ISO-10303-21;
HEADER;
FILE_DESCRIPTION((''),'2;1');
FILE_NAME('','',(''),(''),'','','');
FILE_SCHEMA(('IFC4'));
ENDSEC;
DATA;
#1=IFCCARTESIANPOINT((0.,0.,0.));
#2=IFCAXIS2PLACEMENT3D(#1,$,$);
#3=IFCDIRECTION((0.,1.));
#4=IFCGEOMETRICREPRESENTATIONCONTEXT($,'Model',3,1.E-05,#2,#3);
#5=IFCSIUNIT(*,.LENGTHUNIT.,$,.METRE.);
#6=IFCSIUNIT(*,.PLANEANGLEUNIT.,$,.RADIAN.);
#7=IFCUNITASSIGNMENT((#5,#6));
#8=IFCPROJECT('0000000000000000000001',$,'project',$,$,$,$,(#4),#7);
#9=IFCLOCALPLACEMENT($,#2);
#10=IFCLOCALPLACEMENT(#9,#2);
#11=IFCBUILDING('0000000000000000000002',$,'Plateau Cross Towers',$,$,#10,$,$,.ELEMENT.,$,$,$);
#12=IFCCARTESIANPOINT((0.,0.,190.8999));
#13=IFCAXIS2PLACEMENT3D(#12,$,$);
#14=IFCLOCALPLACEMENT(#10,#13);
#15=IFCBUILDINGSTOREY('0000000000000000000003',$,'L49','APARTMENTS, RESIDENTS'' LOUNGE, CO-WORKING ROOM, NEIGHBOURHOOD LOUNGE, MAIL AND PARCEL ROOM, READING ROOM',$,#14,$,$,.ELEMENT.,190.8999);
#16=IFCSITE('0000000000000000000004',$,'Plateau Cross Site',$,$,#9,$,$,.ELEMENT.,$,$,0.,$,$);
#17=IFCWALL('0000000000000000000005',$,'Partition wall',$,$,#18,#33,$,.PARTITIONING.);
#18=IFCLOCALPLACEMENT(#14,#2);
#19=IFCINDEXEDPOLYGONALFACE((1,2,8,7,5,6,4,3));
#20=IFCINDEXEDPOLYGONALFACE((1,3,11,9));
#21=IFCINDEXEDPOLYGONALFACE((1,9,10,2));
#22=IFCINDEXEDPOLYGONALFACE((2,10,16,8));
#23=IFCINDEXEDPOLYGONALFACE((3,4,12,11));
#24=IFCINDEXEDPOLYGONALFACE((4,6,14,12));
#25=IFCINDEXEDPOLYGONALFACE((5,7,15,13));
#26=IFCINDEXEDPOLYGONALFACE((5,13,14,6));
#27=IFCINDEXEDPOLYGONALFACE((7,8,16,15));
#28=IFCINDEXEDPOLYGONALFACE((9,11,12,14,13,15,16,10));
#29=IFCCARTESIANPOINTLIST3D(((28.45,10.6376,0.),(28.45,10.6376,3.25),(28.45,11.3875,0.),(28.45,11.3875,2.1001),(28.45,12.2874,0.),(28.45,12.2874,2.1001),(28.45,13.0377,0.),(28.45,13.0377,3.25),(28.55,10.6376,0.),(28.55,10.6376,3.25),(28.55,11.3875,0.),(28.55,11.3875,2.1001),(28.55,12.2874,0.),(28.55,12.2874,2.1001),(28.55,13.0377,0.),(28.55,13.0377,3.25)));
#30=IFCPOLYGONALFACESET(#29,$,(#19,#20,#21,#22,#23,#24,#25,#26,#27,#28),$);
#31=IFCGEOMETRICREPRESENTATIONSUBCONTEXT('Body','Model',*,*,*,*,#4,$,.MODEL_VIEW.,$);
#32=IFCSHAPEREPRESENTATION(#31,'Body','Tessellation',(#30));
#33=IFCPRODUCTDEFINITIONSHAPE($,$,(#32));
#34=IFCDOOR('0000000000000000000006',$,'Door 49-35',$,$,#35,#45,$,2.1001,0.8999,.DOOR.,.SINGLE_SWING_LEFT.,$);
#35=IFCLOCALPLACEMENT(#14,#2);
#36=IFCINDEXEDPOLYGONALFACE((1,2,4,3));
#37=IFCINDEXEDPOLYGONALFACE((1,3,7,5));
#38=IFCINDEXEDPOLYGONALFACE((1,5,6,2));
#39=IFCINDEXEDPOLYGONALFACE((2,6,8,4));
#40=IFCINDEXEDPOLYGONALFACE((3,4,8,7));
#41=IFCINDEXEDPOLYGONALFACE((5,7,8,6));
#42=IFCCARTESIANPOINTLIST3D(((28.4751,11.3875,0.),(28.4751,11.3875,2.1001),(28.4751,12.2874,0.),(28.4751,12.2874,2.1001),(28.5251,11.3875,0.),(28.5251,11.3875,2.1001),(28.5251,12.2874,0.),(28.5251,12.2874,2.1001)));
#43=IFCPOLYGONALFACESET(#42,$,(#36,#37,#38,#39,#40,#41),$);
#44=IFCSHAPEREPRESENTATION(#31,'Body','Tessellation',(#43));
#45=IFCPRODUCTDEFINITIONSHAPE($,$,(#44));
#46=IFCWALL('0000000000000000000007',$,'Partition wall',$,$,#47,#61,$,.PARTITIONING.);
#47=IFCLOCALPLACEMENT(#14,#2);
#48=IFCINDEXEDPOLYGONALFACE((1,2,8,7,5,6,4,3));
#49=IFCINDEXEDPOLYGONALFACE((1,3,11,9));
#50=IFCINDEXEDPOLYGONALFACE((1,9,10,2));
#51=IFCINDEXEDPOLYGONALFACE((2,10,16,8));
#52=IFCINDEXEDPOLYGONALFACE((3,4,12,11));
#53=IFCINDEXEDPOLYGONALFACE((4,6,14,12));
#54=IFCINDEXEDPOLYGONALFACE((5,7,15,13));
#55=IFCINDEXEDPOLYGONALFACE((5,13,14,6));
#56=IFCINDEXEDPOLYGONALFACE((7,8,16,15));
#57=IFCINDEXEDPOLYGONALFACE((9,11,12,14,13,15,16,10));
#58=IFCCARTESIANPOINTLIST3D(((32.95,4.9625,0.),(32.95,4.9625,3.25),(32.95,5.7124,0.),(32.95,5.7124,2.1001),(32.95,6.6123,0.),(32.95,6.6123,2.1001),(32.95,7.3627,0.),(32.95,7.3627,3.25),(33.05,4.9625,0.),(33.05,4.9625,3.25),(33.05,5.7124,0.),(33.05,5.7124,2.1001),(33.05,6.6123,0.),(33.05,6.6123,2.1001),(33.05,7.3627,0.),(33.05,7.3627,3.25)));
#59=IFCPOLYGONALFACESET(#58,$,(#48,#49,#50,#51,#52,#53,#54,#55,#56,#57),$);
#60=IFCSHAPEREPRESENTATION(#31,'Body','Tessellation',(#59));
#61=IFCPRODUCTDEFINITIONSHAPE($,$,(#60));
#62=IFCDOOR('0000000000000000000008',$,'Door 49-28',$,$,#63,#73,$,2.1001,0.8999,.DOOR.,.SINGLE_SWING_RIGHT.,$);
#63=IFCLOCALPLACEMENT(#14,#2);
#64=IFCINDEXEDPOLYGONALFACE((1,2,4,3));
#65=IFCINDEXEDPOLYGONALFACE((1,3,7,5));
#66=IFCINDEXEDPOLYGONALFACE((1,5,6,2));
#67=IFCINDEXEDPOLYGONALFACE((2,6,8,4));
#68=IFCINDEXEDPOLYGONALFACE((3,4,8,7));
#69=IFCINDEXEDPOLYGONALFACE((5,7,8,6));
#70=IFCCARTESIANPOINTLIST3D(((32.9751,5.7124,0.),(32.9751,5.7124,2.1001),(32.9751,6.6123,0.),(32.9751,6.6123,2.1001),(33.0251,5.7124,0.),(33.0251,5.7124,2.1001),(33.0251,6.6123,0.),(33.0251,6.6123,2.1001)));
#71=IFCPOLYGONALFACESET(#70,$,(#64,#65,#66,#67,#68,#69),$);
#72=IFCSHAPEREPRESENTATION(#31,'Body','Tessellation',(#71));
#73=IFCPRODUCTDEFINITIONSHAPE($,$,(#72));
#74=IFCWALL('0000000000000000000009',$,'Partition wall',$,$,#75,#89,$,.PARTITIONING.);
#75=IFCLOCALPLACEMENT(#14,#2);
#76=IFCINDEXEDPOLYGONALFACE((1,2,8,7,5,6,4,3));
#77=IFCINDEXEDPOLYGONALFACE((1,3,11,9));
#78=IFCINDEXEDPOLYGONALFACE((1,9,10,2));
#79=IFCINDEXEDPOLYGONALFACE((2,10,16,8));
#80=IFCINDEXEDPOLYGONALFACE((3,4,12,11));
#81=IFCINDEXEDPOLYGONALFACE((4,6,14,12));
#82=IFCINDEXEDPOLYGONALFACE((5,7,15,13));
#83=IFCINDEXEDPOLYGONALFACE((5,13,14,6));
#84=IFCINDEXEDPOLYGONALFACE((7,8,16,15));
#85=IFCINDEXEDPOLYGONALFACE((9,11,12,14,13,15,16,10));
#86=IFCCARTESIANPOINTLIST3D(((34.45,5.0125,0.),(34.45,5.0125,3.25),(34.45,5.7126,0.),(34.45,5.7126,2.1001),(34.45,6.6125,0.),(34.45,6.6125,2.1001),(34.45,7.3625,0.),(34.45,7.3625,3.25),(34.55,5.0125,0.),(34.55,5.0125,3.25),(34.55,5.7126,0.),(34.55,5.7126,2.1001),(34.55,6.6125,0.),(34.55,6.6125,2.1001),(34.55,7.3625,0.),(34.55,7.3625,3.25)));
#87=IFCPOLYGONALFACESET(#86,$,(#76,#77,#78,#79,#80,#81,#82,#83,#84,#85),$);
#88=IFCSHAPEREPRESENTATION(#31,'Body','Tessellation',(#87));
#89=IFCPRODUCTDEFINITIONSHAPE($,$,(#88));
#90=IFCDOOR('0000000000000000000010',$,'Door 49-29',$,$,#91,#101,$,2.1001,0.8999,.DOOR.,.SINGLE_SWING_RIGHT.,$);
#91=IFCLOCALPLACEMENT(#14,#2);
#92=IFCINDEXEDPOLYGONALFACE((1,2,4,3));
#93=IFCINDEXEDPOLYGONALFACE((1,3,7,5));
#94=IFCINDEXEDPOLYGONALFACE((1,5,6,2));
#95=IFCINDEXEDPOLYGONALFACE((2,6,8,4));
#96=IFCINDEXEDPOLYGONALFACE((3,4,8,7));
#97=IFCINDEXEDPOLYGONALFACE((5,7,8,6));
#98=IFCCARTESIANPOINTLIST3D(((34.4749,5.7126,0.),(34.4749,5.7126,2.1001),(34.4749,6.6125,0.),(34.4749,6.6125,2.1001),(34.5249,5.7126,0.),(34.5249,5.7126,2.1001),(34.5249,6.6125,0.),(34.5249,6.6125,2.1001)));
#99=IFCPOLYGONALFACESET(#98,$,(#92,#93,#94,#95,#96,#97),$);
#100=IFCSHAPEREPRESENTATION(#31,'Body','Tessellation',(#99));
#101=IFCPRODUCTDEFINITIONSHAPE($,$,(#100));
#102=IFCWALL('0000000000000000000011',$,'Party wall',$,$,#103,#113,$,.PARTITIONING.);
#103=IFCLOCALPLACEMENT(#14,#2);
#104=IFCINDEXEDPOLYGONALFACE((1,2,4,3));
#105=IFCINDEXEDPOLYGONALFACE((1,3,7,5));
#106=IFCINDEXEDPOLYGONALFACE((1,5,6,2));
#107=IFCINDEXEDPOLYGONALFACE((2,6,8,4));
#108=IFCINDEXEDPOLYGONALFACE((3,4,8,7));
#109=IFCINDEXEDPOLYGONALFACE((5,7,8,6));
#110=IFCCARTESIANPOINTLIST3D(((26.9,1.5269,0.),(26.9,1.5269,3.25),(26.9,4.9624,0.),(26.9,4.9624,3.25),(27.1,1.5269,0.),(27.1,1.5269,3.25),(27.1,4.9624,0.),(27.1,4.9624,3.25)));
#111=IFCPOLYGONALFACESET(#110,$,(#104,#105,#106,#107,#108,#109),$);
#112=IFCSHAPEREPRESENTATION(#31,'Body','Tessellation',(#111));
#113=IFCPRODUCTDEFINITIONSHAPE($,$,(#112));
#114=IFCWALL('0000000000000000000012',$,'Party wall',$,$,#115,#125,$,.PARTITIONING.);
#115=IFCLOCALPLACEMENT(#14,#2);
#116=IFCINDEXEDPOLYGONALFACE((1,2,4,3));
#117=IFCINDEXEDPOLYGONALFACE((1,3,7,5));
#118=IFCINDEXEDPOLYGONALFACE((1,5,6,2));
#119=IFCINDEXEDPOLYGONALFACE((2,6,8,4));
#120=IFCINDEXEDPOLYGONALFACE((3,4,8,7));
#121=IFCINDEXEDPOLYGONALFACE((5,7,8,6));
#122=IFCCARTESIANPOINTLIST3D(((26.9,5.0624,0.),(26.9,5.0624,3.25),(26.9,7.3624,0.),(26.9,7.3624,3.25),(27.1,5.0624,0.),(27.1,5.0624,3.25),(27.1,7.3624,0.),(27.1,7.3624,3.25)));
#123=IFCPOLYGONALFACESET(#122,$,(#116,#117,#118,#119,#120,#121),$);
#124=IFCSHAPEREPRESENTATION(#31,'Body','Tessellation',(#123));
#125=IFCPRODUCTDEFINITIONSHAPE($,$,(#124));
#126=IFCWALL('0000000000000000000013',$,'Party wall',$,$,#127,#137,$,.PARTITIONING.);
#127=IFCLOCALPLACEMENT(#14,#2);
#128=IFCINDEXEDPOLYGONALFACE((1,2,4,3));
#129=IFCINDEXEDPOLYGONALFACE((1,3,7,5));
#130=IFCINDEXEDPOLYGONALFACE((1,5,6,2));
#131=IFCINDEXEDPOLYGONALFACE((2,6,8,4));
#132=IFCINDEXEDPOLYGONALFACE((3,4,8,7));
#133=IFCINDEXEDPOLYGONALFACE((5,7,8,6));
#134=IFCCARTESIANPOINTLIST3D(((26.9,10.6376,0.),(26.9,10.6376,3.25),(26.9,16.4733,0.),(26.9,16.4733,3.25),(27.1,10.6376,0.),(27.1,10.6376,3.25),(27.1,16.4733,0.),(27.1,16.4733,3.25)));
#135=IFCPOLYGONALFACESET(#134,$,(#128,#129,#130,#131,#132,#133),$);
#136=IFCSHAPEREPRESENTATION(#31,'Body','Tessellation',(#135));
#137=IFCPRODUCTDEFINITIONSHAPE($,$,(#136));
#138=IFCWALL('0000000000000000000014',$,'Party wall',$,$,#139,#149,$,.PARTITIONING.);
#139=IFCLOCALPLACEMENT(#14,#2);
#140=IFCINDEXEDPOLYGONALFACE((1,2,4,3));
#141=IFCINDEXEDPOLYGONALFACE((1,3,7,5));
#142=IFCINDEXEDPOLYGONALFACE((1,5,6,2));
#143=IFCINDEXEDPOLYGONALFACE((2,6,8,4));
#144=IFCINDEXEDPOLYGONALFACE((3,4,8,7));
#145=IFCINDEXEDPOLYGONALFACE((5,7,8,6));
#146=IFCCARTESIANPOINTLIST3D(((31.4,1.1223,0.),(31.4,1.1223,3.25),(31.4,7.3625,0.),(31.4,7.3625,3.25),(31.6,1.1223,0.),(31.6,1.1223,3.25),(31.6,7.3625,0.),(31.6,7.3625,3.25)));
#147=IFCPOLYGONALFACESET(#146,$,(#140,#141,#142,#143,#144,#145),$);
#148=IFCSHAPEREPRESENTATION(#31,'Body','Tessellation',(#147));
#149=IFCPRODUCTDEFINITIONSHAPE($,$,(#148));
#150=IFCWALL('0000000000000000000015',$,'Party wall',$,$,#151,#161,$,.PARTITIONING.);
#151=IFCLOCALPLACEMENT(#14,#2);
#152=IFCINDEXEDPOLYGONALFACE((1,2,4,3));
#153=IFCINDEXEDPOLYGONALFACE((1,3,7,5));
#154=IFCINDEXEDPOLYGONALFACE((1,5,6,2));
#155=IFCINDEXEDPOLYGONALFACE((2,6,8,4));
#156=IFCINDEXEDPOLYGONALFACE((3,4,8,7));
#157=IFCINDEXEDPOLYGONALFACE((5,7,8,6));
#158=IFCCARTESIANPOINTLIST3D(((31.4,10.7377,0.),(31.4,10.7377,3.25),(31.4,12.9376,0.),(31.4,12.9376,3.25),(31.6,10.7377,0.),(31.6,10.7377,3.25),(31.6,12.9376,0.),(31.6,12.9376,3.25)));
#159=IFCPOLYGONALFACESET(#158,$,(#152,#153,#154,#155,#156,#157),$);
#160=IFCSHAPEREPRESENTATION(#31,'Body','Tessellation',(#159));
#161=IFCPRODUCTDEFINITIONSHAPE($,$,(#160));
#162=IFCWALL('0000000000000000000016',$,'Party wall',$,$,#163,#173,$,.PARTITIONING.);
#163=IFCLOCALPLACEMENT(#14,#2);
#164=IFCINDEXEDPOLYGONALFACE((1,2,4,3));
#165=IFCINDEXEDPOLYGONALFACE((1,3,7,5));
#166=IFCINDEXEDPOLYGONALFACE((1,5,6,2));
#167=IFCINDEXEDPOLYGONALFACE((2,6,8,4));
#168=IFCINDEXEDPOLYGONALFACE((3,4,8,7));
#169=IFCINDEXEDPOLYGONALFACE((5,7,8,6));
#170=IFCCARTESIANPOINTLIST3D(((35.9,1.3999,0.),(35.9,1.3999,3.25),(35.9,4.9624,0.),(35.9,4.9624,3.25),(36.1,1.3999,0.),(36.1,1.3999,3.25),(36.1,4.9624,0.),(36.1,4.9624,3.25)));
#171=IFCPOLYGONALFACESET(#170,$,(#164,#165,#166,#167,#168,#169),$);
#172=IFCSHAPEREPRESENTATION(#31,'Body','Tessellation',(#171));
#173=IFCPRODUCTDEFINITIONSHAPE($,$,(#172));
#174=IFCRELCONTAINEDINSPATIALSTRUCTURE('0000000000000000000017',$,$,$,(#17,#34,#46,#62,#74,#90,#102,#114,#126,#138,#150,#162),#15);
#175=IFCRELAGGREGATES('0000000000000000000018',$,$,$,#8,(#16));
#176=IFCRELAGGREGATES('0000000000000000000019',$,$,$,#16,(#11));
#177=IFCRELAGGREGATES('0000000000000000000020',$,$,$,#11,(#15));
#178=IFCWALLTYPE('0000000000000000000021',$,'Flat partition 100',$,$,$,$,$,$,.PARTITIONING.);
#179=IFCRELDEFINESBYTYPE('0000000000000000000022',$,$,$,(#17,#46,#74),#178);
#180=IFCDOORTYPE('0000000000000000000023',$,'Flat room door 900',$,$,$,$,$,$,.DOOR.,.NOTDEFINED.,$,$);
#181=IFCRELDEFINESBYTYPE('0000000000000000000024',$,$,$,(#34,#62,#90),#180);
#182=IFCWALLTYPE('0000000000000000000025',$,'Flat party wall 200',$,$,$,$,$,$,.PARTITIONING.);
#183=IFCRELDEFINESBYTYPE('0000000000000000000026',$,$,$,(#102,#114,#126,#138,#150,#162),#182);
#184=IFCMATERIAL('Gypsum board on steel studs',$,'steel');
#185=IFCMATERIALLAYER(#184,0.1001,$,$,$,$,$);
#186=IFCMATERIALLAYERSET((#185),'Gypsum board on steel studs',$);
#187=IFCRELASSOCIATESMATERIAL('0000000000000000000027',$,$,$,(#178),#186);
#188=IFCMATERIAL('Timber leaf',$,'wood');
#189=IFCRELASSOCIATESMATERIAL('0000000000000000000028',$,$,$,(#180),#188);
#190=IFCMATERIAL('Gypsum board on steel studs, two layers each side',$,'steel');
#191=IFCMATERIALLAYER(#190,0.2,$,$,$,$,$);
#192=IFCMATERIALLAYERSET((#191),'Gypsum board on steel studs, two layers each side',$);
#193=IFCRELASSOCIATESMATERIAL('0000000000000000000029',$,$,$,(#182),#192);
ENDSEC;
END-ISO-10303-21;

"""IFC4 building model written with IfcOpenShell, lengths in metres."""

from ifc_helpers import new_model, si_unit, direction, frame, frame_2d, origin, place, context, subcontext, project, spatial, rectangle, extrude, material, layer, layer_set, type_object, element, fill, save


model = new_model("IFC4")

# Units and contexts
model_context = context("Model", 3, precision=1e-05, world=origin(), true_north=direction((0.0, 1.0)))
body_context = subcontext(model_context, "Body", "Model", "MODEL_VIEW")
ifc_project = project(units=[si_unit("LENGTHUNIT", "METRE"), si_unit("PLANEANGLEUNIT", "RADIAN")], contexts=[model_context])

# Site, building, storey
site_placement = place(None, origin())
site = spatial("IfcSite", under=ifc_project, at=site_placement, Name="Plateau Cross Site", CompositionType="ELEMENT", RefElevation=0.0)
building_placement = place(site_placement, origin())
building = spatial("IfcBuilding", under=site, at=building_placement, Name="Plateau Cross Towers", CompositionType="ELEMENT")
storey_placement = place(building_placement, frame((0.0, 0.0, 190.8999)))
storey = spatial("IfcBuildingStorey", under=building, at=storey_placement, Name="L49", Description="APARTMENTS, RESIDENTS' LOUNGE, CO-WORKING ROOM, NEIGHBOURHOOD LOUNGE, MAIL AND PARCEL ROOM, READING ROOM", CompositionType="ELEMENT", Elevation=190.8999)

# Shared definitions
ifc_material_1 = material(Name="Gypsum board on steel studs", Category="steel")
ifc_layer_1 = layer(ifc_material_1, 0.1001)
ifc_layer_set_1 = layer_set([ifc_layer_1], Name="Gypsum board on steel studs")
wall_type_1 = type_object("IfcWallType", Name="Flat partition 100", PredefinedType="PARTITIONING", material=ifc_layer_set_1)

# Walls, openings, doors
ifc_material_2 = material(Name="Timber leaf", Category="wood")
door_type_1 = type_object("IfcDoorType", Name="Flat room door 900", OperationType="NOTDEFINED", PredefinedType="DOOR", material=ifc_material_2)
wall_1_placement = place(storey_placement, frame((28.5, 10.6375, 0.0), z_axis=(0.0, 0.0, 1.0), x_axis=(0.0, 1.0, 0.0)))
wall_1 = element("IfcWall", 1, at=wall_1_placement, inside=storey, type_object=wall_type_1, Name="Partition wall", PredefinedType="PARTITIONING", context=body_context, shape_type="SweptSolid", body=[
    extrude(rectangle(XDim=2.4001, YDim=0.1001, at=frame_2d((1.2002, 0.0))), origin(), (0.0, 0.0, 1.0), 3.25),
])
opening_1_placement = place(wall_1_placement, frame((0.75, 0.0, 0.0)))
opening_1 = element("IfcOpeningElement", 2, at=opening_1_placement, cuts=wall_1, PredefinedType="OPENING", context=body_context, shape_type="SweptSolid", body=[
    extrude(rectangle(XDim=0.8999, YDim=2.1001, at=frame_2d((0.45, 1.05))), frame((0.0, 0.0601, 0.0), z_axis=(0.0, -1.0, 0.0), x_axis=(1.0, 0.0, 0.0)), (0.0, 0.0, 1.0), 0.1201),
])
door_1_placement = place(opening_1_placement, origin())
door_1 = element("IfcDoor", 3, at=door_1_placement, inside=storey, type_object=door_type_1, Name="Door 49-35", OperationType="SINGLE_SWING_LEFT", OverallHeight=2.1001, OverallWidth=0.8999, PredefinedType="DOOR", context=body_context, shape_type="SweptSolid", body=[
    extrude(rectangle(XDim=0.8999, YDim=2.1001, at=frame_2d((0.45, 1.05))), frame((0.0, 0.0249, 0.0), z_axis=(0.0, -1.0, 0.0), x_axis=(1.0, 0.0, 0.0)), (0.0, 0.0, 1.0), 0.05),
])
fill(opening_1, door_1)
wall_2_placement = place(storey_placement, frame((33.0, 4.9624, 0.0), z_axis=(0.0, 0.0, 1.0), x_axis=(0.0, 1.0, 0.0)))
wall_2 = element("IfcWall", 4, at=wall_2_placement, inside=storey, type_object=wall_type_1, Name="Partition wall", PredefinedType="PARTITIONING", context=body_context, shape_type="SweptSolid", body=[
    extrude(rectangle(XDim=2.4001, YDim=0.1001, at=frame_2d((1.2002, 0.0))), origin(), (0.0, 0.0, 1.0), 3.25),
])
opening_2_placement = place(wall_2_placement, frame((0.75, 0.0, 0.0)))
opening_2 = element("IfcOpeningElement", 5, at=opening_2_placement, cuts=wall_2, PredefinedType="OPENING", context=body_context, shape_type="SweptSolid", body=[
    extrude(rectangle(XDim=0.8999, YDim=2.1001, at=frame_2d((0.45, 1.05))), frame((0.0, 0.0601, 0.0), z_axis=(0.0, -1.0, 0.0), x_axis=(1.0, 0.0, 0.0)), (0.0, 0.0, 1.0), 0.1201),
])
door_2_placement = place(opening_2_placement, origin())
door_2 = element("IfcDoor", 6, at=door_2_placement, inside=storey, type_object=door_type_1, Name="Door 49-28", OperationType="SINGLE_SWING_RIGHT", OverallHeight=2.1001, OverallWidth=0.8999, PredefinedType="DOOR", context=body_context, shape_type="SweptSolid", body=[
    extrude(rectangle(XDim=0.8999, YDim=2.1001, at=frame_2d((0.45, 1.05))), frame((0.0, 0.0249, 0.0), z_axis=(0.0, -1.0, 0.0), x_axis=(1.0, 0.0, 0.0)), (0.0, 0.0, 1.0), 0.05),
])
fill(opening_2, door_2)
wall_3_placement = place(storey_placement, frame((34.5, 7.3625, 0.0), z_axis=(0.0, 0.0, 1.0), x_axis=(0.0, -1.0, 0.0)))
wall_3 = element("IfcWall", 7, at=wall_3_placement, inside=storey, type_object=wall_type_1, Name="Partition wall", PredefinedType="PARTITIONING", context=body_context, shape_type="SweptSolid", body=[
    extrude(rectangle(XDim=2.3501, YDim=0.1001, at=frame_2d((1.175, 0.0))), origin(), (0.0, 0.0, 1.0), 3.25),
])
opening_3_placement = place(wall_3_placement, frame((0.75, 0.0, 0.0)))
opening_3 = element("IfcOpeningElement", 8, at=opening_3_placement, cuts=wall_3, PredefinedType="OPENING", context=body_context, shape_type="SweptSolid", body=[
    extrude(rectangle(XDim=0.8999, YDim=2.1001, at=frame_2d((0.45, 1.05))), frame((0.0, 0.0601, 0.0), z_axis=(0.0, -1.0, 0.0), x_axis=(1.0, 0.0, 0.0)), (0.0, 0.0, 1.0), 0.1201),
])
door_3_placement = place(opening_3_placement, origin())
door_3 = element("IfcDoor", 9, at=door_3_placement, inside=storey, type_object=door_type_1, Name="Door 49-29", OperationType="SINGLE_SWING_RIGHT", OverallHeight=2.1001, OverallWidth=0.8999, PredefinedType="DOOR", context=body_context, shape_type="SweptSolid", body=[
    extrude(rectangle(XDim=0.8999, YDim=2.1001, at=frame_2d((0.45, 1.05))), frame((0.0, 0.0249, 0.0), z_axis=(0.0, -1.0, 0.0), x_axis=(1.0, 0.0, 0.0)), (0.0, 0.0, 1.0), 0.05),
])
fill(opening_3, door_3)

# Walls
ifc_material_3 = material(Name="Gypsum board on steel studs, two layers each side", Category="steel")
ifc_layer_2 = layer(ifc_material_3, 0.2)
ifc_layer_set_2 = layer_set([ifc_layer_2], Name="Gypsum board on steel studs, two layers each side")
wall_type_2 = type_object("IfcWallType", Name="Flat party wall 200", PredefinedType="PARTITIONING", material=ifc_layer_set_2)
wall_4_placement = place(storey_placement, frame((27.0, 4.9624, 0.0), z_axis=(0.0, 0.0, 1.0), x_axis=(0.0, -1.0, 0.0)))
element("IfcWall", 10, at=wall_4_placement, inside=storey, type_object=wall_type_2, Name="Party wall", PredefinedType="PARTITIONING", context=body_context, shape_type="SweptSolid", body=[
    extrude(rectangle(XDim=3.4355, YDim=0.2, at=frame_2d((1.7178, 0.0))), origin(), (0.0, 0.0, 1.0), 3.25),
])
wall_5_placement = place(storey_placement, frame((27.0, 5.0625, 0.0), z_axis=(0.0, 0.0, 1.0), x_axis=(0.0, 1.0, 0.0)))
element("IfcWall", 11, at=wall_5_placement, inside=storey, type_object=wall_type_2, Name="Party wall", PredefinedType="PARTITIONING", context=body_context, shape_type="SweptSolid", body=[
    extrude(rectangle(XDim=2.3, YDim=0.2, at=frame_2d((1.1499, 0.0))), origin(), (0.0, 0.0, 1.0), 3.25),
])
wall_6_placement = place(storey_placement, frame((27.0, 10.6375, 0.0), z_axis=(0.0, 0.0, 1.0), x_axis=(0.0, 1.0, 0.0)))
element("IfcWall", 12, at=wall_6_placement, inside=storey, type_object=wall_type_2, Name="Party wall", PredefinedType="PARTITIONING", context=body_context, shape_type="SweptSolid", body=[
    extrude(rectangle(XDim=5.8357, YDim=0.2, at=frame_2d((2.918, 0.0))), origin(), (0.0, 0.0, 1.0), 3.25),
])
wall_7_placement = place(storey_placement, frame((31.5, 1.1223, 0.0), z_axis=(0.0, 0.0, 1.0), x_axis=(0.0, 1.0, 0.0)))
element("IfcWall", 13, at=wall_7_placement, inside=storey, type_object=wall_type_2, Name="Party wall", PredefinedType="PARTITIONING", context=body_context, shape_type="SweptSolid", body=[
    extrude(rectangle(XDim=6.2402, YDim=0.2, at=frame_2d((3.1201, 0.0))), origin(), (0.0, 0.0, 1.0), 3.25),
])
wall_8_placement = place(storey_placement, frame((31.5, 10.7375, 0.0), z_axis=(0.0, 0.0, 1.0), x_axis=(0.0, 1.0, 0.0)))
element("IfcWall", 14, at=wall_8_placement, inside=storey, type_object=wall_type_2, Name="Party wall", PredefinedType="PARTITIONING", context=body_context, shape_type="SweptSolid", body=[
    extrude(rectangle(XDim=2.2, YDim=0.2, at=frame_2d((1.1001, 0.0))), origin(), (0.0, 0.0, 1.0), 3.25),
])
wall_9_placement = place(storey_placement, frame((36.0, 4.9624, 0.0), z_axis=(0.0, 0.0, 1.0), x_axis=(0.0, -1.0, 0.0)))
element("IfcWall", 15, at=wall_9_placement, inside=storey, type_object=wall_type_2, Name="Party wall", PredefinedType="PARTITIONING", context=body_context, shape_type="SweptSolid", body=[
    extrude(rectangle(XDim=3.5625, YDim=0.2, at=frame_2d((1.7812, 0.0))), origin(), (0.0, 0.0, 1.0), 3.25),
])

save(model, "model.ifc")
